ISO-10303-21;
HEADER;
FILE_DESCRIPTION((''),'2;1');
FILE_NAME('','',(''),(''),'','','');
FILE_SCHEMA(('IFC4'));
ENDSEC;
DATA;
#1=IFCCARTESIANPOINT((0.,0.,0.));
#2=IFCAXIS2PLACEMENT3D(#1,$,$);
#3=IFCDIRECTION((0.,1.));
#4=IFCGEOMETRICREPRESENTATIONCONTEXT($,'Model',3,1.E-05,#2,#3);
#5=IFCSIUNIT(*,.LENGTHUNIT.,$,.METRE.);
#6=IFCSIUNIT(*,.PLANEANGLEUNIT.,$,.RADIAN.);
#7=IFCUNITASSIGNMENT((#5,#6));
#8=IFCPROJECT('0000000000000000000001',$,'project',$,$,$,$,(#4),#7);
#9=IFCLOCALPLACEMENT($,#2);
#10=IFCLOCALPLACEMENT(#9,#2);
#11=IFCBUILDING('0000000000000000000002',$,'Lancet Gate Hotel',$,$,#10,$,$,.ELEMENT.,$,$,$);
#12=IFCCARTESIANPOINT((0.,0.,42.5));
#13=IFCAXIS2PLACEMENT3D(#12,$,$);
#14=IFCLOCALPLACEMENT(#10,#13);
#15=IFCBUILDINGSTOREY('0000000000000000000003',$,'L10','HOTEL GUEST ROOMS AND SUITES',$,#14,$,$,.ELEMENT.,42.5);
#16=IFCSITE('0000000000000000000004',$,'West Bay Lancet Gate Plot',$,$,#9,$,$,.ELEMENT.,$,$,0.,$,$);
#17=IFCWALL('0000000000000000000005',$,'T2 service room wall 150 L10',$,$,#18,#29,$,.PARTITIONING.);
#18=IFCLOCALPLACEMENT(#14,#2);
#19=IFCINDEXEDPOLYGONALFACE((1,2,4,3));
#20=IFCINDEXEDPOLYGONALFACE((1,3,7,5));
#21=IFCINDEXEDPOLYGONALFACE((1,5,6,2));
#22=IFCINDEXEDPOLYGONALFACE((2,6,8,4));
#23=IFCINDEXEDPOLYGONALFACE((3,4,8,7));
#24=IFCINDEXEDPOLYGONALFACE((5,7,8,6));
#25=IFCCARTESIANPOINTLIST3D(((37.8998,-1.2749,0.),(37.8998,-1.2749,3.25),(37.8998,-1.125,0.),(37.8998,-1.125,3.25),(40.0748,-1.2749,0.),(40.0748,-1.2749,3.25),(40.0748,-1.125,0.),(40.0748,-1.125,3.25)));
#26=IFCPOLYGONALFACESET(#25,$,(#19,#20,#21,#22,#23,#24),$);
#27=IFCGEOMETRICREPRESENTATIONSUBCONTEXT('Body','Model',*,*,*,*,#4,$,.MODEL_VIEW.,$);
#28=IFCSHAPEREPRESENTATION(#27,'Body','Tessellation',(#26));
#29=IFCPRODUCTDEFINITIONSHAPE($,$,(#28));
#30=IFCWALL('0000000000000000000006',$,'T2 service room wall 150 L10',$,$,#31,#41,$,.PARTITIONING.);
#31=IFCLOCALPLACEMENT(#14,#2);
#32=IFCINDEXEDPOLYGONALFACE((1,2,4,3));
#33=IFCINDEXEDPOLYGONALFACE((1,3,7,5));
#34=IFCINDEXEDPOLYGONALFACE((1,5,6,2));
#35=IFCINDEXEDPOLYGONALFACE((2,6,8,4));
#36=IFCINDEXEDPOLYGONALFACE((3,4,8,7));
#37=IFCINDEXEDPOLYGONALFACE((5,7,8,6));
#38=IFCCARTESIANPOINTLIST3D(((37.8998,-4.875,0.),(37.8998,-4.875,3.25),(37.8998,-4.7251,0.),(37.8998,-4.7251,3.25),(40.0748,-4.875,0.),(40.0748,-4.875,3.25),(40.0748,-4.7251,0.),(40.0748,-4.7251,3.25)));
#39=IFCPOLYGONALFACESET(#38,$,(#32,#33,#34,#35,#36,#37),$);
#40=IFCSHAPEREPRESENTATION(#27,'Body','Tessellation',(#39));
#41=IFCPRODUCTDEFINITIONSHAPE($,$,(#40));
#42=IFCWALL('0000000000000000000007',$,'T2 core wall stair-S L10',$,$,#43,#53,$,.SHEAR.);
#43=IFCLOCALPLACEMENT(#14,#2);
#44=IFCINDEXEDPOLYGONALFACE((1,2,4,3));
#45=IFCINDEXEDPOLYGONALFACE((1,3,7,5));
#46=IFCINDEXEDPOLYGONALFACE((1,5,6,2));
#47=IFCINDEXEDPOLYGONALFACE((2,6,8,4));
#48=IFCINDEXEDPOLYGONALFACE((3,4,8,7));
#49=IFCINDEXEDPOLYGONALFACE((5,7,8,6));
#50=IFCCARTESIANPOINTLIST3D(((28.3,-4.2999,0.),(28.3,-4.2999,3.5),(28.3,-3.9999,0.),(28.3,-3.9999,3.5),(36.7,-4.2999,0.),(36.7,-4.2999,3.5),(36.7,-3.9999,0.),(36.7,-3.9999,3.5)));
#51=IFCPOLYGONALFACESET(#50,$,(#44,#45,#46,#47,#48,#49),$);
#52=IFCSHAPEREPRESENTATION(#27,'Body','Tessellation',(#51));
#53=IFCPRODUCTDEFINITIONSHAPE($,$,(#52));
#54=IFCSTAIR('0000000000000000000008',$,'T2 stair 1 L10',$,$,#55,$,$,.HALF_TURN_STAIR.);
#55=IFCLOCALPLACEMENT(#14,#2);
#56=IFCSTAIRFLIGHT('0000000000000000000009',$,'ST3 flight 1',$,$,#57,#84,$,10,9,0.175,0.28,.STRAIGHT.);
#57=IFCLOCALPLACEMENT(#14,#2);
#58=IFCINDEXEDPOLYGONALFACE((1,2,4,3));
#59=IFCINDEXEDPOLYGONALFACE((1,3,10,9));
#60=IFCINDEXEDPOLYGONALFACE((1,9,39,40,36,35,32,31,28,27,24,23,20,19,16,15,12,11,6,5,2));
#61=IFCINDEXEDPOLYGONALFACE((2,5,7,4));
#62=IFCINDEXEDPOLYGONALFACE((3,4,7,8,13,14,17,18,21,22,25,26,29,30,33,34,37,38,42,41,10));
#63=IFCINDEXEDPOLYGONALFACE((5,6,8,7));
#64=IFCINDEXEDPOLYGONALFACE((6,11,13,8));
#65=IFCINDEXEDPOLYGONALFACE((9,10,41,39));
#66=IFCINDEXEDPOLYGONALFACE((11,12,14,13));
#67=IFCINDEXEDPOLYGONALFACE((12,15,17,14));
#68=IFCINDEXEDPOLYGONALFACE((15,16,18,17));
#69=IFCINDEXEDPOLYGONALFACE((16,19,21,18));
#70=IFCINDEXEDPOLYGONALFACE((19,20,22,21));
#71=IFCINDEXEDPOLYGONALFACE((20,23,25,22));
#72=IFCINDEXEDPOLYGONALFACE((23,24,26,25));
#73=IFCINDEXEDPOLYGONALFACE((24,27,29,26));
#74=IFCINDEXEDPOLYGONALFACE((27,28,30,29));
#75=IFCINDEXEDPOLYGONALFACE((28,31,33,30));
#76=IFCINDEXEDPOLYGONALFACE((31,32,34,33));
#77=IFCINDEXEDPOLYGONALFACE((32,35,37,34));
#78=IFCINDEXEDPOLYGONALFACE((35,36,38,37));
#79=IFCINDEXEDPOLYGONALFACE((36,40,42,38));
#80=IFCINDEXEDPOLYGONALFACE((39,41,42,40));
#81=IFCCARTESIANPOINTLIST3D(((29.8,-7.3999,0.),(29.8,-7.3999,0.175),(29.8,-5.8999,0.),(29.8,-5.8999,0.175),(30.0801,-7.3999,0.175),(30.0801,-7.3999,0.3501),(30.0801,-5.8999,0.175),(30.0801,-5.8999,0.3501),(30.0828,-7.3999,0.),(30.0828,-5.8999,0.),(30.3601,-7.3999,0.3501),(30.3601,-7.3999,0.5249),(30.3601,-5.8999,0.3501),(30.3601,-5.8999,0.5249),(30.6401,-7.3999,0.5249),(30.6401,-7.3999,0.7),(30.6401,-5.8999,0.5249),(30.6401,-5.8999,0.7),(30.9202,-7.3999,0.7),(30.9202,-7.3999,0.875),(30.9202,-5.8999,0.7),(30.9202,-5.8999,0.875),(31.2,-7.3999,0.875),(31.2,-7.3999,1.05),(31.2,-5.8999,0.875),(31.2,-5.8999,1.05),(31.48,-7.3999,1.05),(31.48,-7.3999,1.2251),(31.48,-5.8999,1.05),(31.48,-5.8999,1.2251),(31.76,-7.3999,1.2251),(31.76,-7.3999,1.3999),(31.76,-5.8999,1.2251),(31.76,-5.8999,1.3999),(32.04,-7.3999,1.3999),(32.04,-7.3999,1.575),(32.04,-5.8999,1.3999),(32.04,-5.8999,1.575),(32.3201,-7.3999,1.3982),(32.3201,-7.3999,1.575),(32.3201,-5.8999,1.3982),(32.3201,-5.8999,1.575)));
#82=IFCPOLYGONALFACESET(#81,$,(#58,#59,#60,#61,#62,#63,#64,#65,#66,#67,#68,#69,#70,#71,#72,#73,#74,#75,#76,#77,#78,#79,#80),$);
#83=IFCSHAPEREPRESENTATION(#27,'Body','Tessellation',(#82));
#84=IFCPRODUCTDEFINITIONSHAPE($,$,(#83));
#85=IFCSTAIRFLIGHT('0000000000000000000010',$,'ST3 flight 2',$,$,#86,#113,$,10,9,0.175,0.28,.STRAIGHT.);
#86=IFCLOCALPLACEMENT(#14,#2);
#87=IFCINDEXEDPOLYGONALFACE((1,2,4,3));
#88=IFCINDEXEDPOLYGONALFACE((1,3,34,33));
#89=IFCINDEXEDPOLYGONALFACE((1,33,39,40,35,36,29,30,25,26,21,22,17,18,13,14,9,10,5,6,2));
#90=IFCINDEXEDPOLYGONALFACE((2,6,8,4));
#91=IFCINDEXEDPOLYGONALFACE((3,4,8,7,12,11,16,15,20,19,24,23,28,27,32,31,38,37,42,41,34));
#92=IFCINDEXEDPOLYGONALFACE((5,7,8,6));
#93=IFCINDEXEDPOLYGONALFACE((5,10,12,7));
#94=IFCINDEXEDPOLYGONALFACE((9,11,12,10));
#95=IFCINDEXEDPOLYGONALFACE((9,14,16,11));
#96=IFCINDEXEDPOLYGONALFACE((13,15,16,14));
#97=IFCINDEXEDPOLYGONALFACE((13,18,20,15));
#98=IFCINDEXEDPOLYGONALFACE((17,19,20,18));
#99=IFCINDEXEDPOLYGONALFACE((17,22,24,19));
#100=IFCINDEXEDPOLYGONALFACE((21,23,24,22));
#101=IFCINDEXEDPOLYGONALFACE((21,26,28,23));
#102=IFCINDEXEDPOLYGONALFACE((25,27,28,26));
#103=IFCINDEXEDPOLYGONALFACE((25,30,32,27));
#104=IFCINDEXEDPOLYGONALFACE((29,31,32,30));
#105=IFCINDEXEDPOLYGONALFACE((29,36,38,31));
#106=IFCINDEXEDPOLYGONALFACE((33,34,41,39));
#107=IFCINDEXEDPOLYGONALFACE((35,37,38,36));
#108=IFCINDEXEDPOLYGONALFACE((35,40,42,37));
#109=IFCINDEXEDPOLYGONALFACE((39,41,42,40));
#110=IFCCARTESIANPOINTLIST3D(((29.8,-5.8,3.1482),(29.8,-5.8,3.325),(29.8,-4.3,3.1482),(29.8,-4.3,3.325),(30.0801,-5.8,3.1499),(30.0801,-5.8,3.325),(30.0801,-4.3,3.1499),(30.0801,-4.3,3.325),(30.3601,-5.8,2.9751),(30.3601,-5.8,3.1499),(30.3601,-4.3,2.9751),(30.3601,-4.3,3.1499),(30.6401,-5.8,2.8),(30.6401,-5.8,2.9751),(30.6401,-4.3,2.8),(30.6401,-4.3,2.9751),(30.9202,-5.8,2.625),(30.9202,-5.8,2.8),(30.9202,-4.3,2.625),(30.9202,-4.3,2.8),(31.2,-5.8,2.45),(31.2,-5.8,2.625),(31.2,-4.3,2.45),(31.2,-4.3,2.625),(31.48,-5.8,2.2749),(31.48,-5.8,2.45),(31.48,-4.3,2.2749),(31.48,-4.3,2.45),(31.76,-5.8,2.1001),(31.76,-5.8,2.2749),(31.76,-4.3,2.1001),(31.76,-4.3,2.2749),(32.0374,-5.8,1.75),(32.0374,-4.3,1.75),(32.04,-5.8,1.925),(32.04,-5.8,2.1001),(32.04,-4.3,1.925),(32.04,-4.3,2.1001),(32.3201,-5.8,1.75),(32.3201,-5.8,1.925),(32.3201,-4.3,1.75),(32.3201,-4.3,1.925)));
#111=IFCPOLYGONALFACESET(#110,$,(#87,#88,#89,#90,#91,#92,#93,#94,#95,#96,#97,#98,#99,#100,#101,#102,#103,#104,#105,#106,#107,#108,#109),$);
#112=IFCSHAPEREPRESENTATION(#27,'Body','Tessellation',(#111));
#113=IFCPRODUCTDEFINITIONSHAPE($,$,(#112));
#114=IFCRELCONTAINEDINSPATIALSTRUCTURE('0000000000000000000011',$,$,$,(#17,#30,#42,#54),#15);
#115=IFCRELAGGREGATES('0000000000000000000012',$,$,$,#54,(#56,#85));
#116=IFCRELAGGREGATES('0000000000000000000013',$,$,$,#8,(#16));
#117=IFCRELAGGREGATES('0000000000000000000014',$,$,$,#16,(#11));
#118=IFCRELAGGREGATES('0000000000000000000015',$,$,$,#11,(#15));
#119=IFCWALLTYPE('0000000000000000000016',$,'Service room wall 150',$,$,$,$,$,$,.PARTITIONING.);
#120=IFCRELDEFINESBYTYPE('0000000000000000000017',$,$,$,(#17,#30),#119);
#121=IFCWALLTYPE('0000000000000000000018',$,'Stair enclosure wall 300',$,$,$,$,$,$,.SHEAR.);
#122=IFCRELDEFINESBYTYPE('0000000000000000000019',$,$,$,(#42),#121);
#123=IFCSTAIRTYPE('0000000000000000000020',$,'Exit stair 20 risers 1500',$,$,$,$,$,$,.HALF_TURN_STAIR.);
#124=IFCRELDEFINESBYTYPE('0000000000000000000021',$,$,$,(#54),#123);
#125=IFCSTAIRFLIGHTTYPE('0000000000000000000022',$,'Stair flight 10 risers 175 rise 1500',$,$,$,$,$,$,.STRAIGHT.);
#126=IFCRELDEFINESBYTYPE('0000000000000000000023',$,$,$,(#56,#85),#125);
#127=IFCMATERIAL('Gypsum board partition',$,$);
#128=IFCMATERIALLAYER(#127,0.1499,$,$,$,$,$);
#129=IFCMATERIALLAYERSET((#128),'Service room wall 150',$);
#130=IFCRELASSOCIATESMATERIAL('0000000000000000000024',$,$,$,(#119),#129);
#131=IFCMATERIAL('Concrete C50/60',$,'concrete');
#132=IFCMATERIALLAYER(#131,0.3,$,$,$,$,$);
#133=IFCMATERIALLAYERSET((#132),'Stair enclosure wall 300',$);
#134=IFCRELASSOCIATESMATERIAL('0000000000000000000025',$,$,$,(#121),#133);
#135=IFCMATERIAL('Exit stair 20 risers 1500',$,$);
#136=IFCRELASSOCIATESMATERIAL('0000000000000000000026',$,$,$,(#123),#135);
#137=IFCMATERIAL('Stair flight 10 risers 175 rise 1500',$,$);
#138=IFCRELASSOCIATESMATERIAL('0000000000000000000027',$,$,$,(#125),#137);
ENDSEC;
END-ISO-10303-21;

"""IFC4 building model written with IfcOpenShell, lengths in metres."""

from ifc_helpers import new_model, si_unit, direction, frame, frame_2d, origin, place, context, subcontext, project, spatial, polyline, rectangle, outline, extrude, material, layer, layer_set, type_object, element, aggregate, save


model = new_model("IFC4")

# Units and contexts
model_context = context("Model", 3, precision=1e-05, world=origin(), true_north=direction((0.0, 1.0)))
body_context = subcontext(model_context, "Body", "Model", "MODEL_VIEW")
ifc_project = project(units=[si_unit("LENGTHUNIT", "METRE"), si_unit("PLANEANGLEUNIT", "RADIAN")], contexts=[model_context])

# Site, building, storey
site_placement = place(None, origin())
site = spatial("IfcSite", under=ifc_project, at=site_placement, Name="West Bay Lancet Gate Plot", CompositionType="ELEMENT", RefElevation=0.0)
building_placement = place(site_placement, origin())
building = spatial("IfcBuilding", under=site, at=building_placement, Name="Lancet Gate Hotel", CompositionType="ELEMENT")
storey_placement = place(building_placement, frame((0.0, 0.0, 42.5)))
storey = spatial("IfcBuildingStorey", under=building, at=storey_placement, Name="L10", Description="HOTEL GUEST ROOMS AND SUITES", CompositionType="ELEMENT", Elevation=42.5)

# Walls
ifc_material_1 = material(Name="Gypsum board partition")
ifc_layer_1 = layer(ifc_material_1, 0.1499)
ifc_layer_set_1 = layer_set([ifc_layer_1], Name="Service room wall 150")
wall_type_1 = type_object("IfcWallType", Name="Service room wall 150", PredefinedType="PARTITIONING", material=ifc_layer_set_1)
for number, where, z_axis, x_axis, name in (
    (1, (37.8999, -1.2, 0.0), (0.0, 0.0, 1.0), (1.0, 0.0, 0.0), "T2 service room wall 150 L10"),
    (2, (37.8999, -4.8, 0.0), (0.0, 0.0, 1.0), (1.0, 0.0, 0.0), "T2 service room wall 150 L10"),
):
    element("IfcWall", number, at=place(storey_placement, frame(where, z_axis=z_axis, x_axis=x_axis)), inside=storey, type_object=wall_type_1, Name=name, PredefinedType="PARTITIONING", context=body_context, shape_type="SweptSolid", body=[
        extrude(rectangle(XDim=2.175, YDim=0.1499, at=frame_2d((1.0874, 0.0))), origin(), (0.0, 0.0, 1.0), 3.25),
    ])
ifc_material_2 = material(Name="Concrete C50/60", Category="concrete")
ifc_layer_2 = layer(ifc_material_2, 0.3)
ifc_layer_set_2 = layer_set([ifc_layer_2], Name="Stair enclosure wall 300")
wall_type_2 = type_object("IfcWallType", Name="Stair enclosure wall 300", PredefinedType="SHEAR", material=ifc_layer_set_2)
wall_1_placement = place(storey_placement, frame((28.3, -4.1499, 0.0), z_axis=(0.0, 0.0, 1.0), x_axis=(1.0, 0.0, 0.0)))
element("IfcWall", 3, at=wall_1_placement, inside=storey, type_object=wall_type_2, Name="T2 core wall stair-S L10", PredefinedType="SHEAR", context=body_context, shape_type="SweptSolid", body=[
    extrude(rectangle(XDim=8.3999, YDim=0.3, at=frame_2d((4.2, 0.0))), origin(), (0.0, 0.0, 1.0), 3.5),
])

# Stair, stair flights
ifc_material_3 = material(Name="Exit stair 20 risers 1500")
stair_type = type_object("IfcStairType", Name="Exit stair 20 risers 1500", PredefinedType="HALF_TURN_STAIR", material=ifc_material_3)
stair_placement = place(storey_placement, origin())
stair = element("IfcStair", 4, at=stair_placement, inside=storey, type_object=stair_type, Name="T2 stair 1 L10", PredefinedType="HALF_TURN_STAIR")
ifc_material_4 = material(Name="Stair flight 10 risers 175 rise 1500")
stair_flight_type = type_object("IfcStairFlightType", Name="Stair flight 10 risers 175 rise 1500", PredefinedType="STRAIGHT", material=ifc_material_4)
stair_flight_1_placement = place(storey_placement, frame((29.8, -6.6499, 0.0), z_axis=(0.0, 0.0, 1.0), x_axis=(1.0, 0.0, 0.0)))
stair_flight_1 = element("IfcStairFlight", 5, at=stair_flight_1_placement, type_object=stair_flight_type, Name="ST3 flight 1", NumberOfRisers=10, NumberOfTreads=9, PredefinedType="STRAIGHT", RiserHeight=0.175, TreadLength=0.28, context=body_context, shape_type="SweptSolid", body=[
    extrude(outline(polyline([(0.0, 0.0), (0.0, 0.175), (0.28, 0.175), (0.28, 0.3501), (0.5601, 0.3501), (0.5601, 0.5249), (0.8401, 0.5249), (0.8401, 0.7), (1.1201, 0.7), (1.1201, 0.875), (1.3999, 0.875), (1.3999, 1.05), (1.6799, 1.05), (1.6799, 1.2251), (1.96, 1.2251), (1.96, 1.3999), (2.24, 1.3999), (2.24, 1.575), (2.52, 1.575), (2.52, 1.75), (2.52, 1.3982), (0.2827, 0.0), (0.0, 0.0)])), frame((0.0, 0.75, 0.0), z_axis=(0.0, -1.0, 0.0), x_axis=(1.0, 0.0, 0.0)), (0.0, 0.0, 1.0), 1.5),
])
stair_flight_2_placement = place(storey_placement, frame((32.3201, -5.05, 1.75), z_axis=(0.0, 0.0, 1.0), x_axis=(-1.0, 0.0, 0.0)))
stair_flight_2 = element("IfcStairFlight", 6, at=stair_flight_2_placement, type_object=stair_flight_type, Name="ST3 flight 2", NumberOfRisers=10, NumberOfTreads=9, PredefinedType="STRAIGHT", RiserHeight=0.175, TreadLength=0.28, context=body_context, shape_type="SweptSolid", body=[
    extrude(outline(polyline([(0.0, 0.0), (0.0, 0.175), (0.28, 0.175), (0.28, 0.3501), (0.5601, 0.3501), (0.5601, 0.5249), (0.8401, 0.5249), (0.8401, 0.7), (1.1201, 0.7), (1.1201, 0.875), (1.3999, 0.875), (1.3999, 1.05), (1.6799, 1.05), (1.6799, 1.2251), (1.96, 1.2251), (1.96, 1.3999), (2.24, 1.3999), (2.24, 1.575), (2.52, 1.575), (2.52, 1.75), (2.52, 1.3982), (0.2827, 0.0), (0.0, 0.0)])), frame((0.0, 0.75, 0.0), z_axis=(0.0, -1.0, 0.0), x_axis=(1.0, 0.0, 0.0)), (0.0, 0.0, 1.0), 1.5),
])
aggregate(stair, [stair_flight_1, stair_flight_2])

save(model, "model.ifc")
